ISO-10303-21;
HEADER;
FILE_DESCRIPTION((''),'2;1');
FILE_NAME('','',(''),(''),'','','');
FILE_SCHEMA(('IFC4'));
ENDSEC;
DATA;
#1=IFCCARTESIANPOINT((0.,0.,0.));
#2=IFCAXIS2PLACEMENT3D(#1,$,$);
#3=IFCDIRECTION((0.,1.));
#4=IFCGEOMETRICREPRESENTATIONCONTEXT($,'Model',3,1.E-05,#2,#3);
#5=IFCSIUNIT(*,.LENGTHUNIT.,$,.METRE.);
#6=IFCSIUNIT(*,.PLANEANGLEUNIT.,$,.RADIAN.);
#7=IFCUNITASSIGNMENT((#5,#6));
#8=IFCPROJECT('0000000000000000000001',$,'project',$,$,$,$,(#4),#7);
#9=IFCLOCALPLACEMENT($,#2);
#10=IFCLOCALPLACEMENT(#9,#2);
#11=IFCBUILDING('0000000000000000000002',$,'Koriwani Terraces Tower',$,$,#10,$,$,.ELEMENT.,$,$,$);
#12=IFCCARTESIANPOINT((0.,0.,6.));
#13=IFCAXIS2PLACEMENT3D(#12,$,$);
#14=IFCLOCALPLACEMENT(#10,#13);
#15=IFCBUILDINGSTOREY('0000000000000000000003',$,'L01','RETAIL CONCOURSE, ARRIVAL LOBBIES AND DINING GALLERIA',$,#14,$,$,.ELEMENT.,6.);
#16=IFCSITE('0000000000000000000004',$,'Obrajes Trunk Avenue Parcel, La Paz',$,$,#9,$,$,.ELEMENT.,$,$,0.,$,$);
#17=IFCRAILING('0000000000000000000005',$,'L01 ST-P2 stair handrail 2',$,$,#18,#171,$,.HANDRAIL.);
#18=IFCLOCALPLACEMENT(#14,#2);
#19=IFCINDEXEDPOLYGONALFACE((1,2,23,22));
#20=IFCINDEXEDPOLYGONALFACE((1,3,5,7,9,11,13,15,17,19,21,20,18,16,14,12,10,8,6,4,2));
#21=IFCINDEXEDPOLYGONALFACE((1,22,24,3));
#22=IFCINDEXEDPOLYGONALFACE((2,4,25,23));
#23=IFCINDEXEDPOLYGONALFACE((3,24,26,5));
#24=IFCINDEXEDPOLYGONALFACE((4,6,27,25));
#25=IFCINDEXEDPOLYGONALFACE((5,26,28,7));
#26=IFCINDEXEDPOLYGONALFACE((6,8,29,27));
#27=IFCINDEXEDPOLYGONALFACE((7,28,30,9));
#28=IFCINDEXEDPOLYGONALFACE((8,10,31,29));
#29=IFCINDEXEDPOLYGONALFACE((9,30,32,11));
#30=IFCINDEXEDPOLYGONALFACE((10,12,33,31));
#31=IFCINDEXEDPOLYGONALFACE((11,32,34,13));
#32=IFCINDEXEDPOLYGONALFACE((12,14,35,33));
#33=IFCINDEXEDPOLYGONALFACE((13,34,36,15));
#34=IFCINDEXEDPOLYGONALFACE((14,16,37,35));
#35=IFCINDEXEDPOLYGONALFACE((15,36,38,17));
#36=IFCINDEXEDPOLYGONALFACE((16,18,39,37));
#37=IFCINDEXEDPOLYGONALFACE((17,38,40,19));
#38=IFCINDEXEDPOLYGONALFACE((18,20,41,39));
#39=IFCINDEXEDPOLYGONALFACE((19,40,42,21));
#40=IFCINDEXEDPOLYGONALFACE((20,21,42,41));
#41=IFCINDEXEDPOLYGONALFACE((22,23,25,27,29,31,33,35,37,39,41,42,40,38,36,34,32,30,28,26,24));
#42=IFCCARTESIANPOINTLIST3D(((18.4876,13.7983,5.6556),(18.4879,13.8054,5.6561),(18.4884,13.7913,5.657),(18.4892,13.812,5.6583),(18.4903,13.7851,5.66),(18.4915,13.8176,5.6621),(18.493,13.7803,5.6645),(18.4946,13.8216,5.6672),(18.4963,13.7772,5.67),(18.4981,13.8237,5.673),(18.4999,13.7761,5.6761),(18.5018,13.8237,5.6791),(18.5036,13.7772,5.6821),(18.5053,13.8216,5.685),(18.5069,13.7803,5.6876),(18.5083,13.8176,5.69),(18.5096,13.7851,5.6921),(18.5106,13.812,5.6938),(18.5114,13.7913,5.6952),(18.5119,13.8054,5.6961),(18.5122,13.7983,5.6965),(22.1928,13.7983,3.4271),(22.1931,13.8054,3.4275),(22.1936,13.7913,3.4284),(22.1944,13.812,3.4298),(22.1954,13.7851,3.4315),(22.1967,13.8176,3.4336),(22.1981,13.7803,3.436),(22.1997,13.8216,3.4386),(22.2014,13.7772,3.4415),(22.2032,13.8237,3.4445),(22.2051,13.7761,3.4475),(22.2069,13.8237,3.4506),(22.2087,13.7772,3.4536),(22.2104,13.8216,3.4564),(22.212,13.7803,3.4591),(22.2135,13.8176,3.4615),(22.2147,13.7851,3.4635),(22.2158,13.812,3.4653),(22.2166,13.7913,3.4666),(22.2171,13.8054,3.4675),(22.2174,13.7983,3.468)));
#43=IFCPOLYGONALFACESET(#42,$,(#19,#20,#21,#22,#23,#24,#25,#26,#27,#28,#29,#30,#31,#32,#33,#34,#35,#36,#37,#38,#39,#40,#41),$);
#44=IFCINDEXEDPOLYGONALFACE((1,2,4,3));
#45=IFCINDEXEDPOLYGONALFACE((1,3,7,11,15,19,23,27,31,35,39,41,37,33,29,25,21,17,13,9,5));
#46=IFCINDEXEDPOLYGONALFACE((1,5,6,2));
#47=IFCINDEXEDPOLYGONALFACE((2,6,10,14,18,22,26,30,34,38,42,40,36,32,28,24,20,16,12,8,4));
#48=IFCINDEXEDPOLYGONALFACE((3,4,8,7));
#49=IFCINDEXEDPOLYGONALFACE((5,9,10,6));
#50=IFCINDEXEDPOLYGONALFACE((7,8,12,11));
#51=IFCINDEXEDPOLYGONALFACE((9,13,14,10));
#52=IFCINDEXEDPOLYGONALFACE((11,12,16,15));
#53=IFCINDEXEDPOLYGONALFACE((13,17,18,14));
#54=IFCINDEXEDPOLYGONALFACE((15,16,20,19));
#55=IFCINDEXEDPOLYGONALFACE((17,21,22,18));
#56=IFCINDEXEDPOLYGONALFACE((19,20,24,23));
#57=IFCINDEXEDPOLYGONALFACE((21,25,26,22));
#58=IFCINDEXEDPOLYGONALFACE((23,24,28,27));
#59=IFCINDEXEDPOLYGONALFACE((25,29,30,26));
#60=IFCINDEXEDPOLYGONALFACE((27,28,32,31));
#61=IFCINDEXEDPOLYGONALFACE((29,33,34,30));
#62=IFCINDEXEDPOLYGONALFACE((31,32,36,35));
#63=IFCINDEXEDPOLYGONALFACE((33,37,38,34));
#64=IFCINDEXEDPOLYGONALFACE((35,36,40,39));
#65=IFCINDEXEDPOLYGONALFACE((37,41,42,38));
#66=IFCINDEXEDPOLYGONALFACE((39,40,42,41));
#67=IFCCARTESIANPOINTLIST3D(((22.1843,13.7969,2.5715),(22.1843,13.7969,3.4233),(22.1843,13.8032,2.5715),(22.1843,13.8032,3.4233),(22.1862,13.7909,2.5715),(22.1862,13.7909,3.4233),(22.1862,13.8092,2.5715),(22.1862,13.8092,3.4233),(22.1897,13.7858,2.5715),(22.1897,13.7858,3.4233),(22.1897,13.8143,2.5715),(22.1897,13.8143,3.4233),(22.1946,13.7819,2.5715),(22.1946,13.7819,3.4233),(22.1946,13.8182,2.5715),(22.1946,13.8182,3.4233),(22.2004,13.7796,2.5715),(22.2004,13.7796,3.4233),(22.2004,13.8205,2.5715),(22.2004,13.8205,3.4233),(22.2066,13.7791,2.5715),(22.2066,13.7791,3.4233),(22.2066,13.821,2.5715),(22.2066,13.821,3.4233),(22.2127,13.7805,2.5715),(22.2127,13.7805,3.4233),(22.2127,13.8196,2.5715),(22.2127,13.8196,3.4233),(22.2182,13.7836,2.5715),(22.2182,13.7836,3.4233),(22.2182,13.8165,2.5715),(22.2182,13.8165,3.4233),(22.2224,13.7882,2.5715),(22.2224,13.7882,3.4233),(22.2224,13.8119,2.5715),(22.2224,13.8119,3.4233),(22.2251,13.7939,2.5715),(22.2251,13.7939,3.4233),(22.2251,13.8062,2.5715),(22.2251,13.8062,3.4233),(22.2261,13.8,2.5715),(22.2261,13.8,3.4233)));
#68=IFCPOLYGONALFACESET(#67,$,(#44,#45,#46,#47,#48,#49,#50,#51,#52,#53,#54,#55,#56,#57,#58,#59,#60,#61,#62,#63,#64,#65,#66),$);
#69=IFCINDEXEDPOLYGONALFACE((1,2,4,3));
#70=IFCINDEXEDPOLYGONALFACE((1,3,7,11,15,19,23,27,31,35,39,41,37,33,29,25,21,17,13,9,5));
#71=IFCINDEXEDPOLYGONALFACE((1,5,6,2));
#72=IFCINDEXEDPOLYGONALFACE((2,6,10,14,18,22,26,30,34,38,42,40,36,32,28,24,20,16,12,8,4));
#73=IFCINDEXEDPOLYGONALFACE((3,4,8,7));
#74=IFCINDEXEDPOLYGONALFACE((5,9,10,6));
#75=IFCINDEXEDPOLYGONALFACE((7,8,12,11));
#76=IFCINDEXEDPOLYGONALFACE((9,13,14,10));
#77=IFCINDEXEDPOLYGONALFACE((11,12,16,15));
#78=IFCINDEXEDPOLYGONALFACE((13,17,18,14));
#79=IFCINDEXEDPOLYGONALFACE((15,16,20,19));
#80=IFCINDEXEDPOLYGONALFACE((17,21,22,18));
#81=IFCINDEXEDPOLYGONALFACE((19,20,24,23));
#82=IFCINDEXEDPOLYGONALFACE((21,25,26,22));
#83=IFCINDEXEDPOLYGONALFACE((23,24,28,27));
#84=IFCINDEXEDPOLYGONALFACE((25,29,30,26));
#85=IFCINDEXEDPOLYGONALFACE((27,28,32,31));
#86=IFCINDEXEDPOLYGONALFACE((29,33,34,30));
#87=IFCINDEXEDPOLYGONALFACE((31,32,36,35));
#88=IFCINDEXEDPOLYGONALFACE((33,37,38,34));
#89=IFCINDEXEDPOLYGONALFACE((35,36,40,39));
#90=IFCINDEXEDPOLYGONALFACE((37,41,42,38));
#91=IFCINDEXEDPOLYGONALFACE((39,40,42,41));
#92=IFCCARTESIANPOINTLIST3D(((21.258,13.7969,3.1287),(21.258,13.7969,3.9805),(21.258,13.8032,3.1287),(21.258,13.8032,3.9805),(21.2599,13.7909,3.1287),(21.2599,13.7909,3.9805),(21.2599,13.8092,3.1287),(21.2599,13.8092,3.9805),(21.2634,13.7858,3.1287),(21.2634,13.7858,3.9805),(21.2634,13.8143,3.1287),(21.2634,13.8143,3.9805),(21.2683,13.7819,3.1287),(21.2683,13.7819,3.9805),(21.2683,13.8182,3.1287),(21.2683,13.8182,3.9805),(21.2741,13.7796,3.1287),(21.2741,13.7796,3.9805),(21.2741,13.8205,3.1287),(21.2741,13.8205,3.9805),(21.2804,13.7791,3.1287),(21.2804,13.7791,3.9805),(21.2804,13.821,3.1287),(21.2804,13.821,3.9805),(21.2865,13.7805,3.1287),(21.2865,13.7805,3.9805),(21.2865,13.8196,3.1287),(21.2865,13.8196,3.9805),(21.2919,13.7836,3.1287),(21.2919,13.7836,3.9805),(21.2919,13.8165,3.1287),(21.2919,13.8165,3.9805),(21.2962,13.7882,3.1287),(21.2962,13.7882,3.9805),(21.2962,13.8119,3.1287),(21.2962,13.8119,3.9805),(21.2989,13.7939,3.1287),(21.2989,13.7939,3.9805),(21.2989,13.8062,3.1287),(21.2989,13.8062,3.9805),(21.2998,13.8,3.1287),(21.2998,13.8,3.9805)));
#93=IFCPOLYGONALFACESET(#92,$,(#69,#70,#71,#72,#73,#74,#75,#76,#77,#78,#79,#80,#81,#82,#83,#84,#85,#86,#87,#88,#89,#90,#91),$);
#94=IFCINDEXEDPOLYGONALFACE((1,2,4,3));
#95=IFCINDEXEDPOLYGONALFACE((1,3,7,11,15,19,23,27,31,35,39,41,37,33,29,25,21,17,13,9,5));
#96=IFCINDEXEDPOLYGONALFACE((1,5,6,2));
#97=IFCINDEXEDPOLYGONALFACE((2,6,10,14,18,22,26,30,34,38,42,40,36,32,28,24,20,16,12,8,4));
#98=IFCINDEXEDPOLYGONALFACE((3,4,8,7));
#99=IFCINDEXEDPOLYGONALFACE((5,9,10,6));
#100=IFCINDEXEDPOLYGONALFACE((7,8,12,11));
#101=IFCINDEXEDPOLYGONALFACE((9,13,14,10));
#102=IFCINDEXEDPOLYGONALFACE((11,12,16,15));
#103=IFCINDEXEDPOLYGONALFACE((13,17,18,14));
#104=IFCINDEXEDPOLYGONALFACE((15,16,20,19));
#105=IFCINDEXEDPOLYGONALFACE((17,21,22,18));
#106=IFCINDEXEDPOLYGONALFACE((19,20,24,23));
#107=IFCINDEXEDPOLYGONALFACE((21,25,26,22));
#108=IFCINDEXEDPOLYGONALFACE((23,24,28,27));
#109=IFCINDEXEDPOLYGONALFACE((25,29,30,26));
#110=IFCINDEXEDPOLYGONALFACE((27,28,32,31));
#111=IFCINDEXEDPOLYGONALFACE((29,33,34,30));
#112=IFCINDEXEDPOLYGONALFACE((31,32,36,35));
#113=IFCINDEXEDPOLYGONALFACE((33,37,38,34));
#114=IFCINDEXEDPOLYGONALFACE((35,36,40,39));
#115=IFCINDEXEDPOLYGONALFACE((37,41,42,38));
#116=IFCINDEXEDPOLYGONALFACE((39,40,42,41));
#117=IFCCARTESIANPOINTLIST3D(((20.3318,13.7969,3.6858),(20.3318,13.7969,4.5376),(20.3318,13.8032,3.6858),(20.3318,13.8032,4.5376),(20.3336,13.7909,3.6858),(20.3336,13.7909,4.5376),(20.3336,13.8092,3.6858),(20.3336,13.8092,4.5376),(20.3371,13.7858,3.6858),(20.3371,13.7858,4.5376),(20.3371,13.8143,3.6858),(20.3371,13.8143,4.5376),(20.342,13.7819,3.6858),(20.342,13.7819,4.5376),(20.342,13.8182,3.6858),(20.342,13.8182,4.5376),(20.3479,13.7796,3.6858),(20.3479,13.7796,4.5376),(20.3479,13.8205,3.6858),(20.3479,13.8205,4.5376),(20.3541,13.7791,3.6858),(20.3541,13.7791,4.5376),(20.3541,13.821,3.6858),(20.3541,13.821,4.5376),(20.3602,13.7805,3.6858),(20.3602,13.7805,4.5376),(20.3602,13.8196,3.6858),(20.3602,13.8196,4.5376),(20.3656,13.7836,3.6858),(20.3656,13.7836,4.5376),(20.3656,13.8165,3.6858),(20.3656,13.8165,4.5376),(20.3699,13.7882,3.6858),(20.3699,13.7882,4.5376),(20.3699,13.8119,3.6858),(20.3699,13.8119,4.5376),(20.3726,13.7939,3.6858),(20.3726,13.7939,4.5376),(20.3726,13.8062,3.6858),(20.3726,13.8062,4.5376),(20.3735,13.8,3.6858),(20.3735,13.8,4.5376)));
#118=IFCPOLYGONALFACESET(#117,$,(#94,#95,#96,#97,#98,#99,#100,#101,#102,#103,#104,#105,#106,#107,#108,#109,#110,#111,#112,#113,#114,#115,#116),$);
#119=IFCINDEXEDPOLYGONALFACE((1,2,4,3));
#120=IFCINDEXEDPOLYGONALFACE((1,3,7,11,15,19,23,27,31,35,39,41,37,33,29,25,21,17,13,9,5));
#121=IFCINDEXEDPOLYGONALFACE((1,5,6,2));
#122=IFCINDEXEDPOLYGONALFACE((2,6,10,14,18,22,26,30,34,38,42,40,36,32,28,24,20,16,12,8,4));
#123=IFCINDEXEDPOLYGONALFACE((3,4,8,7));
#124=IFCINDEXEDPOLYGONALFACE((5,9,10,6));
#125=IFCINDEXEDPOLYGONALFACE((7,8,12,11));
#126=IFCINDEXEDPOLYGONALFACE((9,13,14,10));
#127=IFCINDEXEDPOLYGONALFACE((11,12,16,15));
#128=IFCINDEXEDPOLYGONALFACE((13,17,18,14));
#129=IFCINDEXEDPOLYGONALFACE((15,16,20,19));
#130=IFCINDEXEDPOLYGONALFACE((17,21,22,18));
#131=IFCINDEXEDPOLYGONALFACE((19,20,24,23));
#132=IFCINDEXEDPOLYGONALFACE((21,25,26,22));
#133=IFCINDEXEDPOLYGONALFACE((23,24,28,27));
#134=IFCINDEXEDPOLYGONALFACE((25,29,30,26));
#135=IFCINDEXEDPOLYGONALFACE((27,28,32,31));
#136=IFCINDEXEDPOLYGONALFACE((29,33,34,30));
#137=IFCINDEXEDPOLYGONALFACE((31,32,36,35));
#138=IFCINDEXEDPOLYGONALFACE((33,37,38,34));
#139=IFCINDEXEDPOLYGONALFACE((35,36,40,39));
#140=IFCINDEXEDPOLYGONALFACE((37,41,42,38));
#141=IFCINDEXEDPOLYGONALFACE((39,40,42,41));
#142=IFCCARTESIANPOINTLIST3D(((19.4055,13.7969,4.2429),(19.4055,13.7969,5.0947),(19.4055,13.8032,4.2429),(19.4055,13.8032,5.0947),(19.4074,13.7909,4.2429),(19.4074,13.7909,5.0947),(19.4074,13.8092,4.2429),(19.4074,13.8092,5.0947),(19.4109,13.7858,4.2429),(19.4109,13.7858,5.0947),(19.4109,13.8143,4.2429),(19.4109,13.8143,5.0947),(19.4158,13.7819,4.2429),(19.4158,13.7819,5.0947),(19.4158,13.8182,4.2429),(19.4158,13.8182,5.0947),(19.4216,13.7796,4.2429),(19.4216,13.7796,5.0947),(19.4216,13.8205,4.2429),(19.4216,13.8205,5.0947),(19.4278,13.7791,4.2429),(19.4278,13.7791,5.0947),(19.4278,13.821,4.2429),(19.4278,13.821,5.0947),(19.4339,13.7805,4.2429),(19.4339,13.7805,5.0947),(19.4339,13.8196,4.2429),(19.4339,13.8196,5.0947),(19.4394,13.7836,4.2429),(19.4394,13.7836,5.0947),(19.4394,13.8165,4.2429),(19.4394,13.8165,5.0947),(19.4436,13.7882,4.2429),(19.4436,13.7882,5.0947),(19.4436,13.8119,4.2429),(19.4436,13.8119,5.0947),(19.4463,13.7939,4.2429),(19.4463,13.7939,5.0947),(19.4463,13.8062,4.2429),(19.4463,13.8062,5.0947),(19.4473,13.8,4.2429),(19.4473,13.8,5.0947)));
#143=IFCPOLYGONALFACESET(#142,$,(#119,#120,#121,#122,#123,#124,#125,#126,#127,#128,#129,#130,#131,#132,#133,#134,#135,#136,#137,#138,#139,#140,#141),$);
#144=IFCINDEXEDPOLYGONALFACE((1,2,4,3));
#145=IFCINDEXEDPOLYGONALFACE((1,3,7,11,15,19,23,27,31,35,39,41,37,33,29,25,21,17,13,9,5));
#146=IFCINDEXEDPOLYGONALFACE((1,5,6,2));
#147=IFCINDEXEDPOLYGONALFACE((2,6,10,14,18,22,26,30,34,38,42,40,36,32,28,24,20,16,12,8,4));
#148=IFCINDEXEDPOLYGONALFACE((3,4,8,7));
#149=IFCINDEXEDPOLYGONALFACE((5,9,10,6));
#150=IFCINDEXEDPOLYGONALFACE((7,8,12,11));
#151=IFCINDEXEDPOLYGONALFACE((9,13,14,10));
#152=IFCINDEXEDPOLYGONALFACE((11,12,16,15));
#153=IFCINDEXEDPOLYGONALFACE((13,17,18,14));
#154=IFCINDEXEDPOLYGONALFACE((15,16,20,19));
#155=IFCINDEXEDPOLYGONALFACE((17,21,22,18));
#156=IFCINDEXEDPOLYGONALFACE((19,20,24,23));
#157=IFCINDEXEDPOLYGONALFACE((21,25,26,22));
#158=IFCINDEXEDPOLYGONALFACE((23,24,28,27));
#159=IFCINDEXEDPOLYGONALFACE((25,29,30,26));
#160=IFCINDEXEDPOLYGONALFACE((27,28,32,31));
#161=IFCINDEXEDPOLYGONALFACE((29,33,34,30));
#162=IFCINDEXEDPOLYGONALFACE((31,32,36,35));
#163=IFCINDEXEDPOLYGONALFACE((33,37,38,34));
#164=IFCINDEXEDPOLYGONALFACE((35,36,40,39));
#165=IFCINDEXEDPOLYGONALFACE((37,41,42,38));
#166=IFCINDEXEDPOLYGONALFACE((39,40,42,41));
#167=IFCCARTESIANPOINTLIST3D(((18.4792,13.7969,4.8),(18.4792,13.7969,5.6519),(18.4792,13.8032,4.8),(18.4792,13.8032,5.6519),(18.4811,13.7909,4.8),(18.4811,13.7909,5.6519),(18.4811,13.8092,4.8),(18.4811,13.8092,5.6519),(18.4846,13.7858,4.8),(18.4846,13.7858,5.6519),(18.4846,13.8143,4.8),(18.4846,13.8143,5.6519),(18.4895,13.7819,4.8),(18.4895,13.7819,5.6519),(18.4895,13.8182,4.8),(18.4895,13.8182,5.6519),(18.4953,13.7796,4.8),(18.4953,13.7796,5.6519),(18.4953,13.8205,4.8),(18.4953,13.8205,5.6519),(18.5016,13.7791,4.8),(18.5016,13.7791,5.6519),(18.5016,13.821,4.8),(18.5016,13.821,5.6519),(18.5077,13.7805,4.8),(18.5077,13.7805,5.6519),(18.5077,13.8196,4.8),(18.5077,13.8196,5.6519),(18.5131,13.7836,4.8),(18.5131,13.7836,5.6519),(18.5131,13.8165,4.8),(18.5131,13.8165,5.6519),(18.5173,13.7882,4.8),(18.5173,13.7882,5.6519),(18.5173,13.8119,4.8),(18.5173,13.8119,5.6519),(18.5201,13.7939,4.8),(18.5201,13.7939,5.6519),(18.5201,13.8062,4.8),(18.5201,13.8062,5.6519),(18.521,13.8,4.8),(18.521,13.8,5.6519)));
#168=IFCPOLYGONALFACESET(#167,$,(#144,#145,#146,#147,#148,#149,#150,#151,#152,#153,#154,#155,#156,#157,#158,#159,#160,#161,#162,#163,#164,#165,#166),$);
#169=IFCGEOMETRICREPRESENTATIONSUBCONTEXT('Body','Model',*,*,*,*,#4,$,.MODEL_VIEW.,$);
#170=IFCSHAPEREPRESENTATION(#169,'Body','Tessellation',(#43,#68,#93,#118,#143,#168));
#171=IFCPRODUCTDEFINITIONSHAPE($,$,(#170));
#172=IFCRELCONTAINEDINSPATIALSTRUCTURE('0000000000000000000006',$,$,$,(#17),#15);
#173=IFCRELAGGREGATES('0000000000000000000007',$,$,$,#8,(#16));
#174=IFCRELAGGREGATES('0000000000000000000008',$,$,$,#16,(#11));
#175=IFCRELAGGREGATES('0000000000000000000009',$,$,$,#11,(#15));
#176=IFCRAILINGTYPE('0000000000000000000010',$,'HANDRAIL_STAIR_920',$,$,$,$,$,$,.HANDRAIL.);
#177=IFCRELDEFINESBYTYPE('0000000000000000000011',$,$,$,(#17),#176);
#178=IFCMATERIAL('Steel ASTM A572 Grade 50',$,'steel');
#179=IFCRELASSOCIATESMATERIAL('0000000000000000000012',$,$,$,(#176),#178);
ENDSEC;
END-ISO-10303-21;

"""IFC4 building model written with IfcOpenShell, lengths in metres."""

from ifc_helpers import new_model, si_unit, direction, frame, origin, origin_2d, place, context, subcontext, project, spatial, circle, extrude, material, type_object, element, save


model = new_model("IFC4")

# Units and contexts
model_context = context("Model", 3, precision=1e-05, world=origin(), true_north=direction((0.0, 1.0)))
body_context = subcontext(model_context, "Body", "Model", "MODEL_VIEW")
ifc_project = project(units=[si_unit("LENGTHUNIT", "METRE"), si_unit("PLANEANGLEUNIT", "RADIAN")], contexts=[model_context])

# Site, building, storey
site_placement = place(None, origin())
site = spatial("IfcSite", under=ifc_project, at=site_placement, Name="Obrajes Trunk Avenue Parcel, La Paz", CompositionType="ELEMENT", RefElevation=0.0)
building_placement = place(site_placement, origin())
building = spatial("IfcBuilding", under=site, at=building_placement, Name="Koriwani Terraces Tower", CompositionType="ELEMENT")
storey_placement = place(building_placement, frame((0.0, 0.0, 6.0)))
storey = spatial("IfcBuildingStorey", under=building, at=storey_placement, Name="L01", Description="RETAIL CONCOURSE, ARRIVAL LOBBIES AND DINING GALLERIA", CompositionType="ELEMENT", Elevation=6.0)

# Shared definitions
ifc_material_1 = material(Name="Steel ASTM A572 Grade 50", Category="steel")

# Railing
railing_type_1 = type_object("IfcRailingType", Name="HANDRAIL_STAIR_920", PredefinedType="HANDRAIL", material=ifc_material_1)
railing_1_placement = place(storey_placement, frame((22.2051, 13.8, 2.5715)))
element("IfcRailing", 1, at=railing_1_placement, inside=storey, type_object=railing_type_1, Name="L01 ST-P2 stair handrail 2", PredefinedType="HANDRAIL", context=body_context, shape_type="SweptSolid", body=[
    extrude(circle(Radius=0.0239, at=origin_2d()), frame((0.0, 0.0, 0.876), z_axis=(-0.856934, 0.0, 0.515425), x_axis=(0.0, -1.0, 0.0)), (0.0, 0.0, 1.0), 4.3237),
    extrude(circle(Radius=0.021, at=origin_2d()), origin(), (0.0, 0.0, 1.0), 0.8518),
    extrude(circle(Radius=0.021, at=origin_2d()), frame((-0.9263, 0.0, 0.5571)), (0.0, 0.0, 1.0), 0.8518),
    extrude(circle(Radius=0.021, at=origin_2d()), frame((-1.8525, 0.0, 1.1143)), (0.0, 0.0, 1.0), 0.8518),
    extrude(circle(Radius=0.021, at=origin_2d()), frame((-2.7788, 0.0, 1.6714)), (0.0, 0.0, 1.0), 0.8518),
    extrude(circle(Radius=0.021, at=origin_2d()), frame((-3.7051, 0.0, 2.2285)), (0.0, 0.0, 1.0), 0.8518),
])

save(model, "model.ifc")
